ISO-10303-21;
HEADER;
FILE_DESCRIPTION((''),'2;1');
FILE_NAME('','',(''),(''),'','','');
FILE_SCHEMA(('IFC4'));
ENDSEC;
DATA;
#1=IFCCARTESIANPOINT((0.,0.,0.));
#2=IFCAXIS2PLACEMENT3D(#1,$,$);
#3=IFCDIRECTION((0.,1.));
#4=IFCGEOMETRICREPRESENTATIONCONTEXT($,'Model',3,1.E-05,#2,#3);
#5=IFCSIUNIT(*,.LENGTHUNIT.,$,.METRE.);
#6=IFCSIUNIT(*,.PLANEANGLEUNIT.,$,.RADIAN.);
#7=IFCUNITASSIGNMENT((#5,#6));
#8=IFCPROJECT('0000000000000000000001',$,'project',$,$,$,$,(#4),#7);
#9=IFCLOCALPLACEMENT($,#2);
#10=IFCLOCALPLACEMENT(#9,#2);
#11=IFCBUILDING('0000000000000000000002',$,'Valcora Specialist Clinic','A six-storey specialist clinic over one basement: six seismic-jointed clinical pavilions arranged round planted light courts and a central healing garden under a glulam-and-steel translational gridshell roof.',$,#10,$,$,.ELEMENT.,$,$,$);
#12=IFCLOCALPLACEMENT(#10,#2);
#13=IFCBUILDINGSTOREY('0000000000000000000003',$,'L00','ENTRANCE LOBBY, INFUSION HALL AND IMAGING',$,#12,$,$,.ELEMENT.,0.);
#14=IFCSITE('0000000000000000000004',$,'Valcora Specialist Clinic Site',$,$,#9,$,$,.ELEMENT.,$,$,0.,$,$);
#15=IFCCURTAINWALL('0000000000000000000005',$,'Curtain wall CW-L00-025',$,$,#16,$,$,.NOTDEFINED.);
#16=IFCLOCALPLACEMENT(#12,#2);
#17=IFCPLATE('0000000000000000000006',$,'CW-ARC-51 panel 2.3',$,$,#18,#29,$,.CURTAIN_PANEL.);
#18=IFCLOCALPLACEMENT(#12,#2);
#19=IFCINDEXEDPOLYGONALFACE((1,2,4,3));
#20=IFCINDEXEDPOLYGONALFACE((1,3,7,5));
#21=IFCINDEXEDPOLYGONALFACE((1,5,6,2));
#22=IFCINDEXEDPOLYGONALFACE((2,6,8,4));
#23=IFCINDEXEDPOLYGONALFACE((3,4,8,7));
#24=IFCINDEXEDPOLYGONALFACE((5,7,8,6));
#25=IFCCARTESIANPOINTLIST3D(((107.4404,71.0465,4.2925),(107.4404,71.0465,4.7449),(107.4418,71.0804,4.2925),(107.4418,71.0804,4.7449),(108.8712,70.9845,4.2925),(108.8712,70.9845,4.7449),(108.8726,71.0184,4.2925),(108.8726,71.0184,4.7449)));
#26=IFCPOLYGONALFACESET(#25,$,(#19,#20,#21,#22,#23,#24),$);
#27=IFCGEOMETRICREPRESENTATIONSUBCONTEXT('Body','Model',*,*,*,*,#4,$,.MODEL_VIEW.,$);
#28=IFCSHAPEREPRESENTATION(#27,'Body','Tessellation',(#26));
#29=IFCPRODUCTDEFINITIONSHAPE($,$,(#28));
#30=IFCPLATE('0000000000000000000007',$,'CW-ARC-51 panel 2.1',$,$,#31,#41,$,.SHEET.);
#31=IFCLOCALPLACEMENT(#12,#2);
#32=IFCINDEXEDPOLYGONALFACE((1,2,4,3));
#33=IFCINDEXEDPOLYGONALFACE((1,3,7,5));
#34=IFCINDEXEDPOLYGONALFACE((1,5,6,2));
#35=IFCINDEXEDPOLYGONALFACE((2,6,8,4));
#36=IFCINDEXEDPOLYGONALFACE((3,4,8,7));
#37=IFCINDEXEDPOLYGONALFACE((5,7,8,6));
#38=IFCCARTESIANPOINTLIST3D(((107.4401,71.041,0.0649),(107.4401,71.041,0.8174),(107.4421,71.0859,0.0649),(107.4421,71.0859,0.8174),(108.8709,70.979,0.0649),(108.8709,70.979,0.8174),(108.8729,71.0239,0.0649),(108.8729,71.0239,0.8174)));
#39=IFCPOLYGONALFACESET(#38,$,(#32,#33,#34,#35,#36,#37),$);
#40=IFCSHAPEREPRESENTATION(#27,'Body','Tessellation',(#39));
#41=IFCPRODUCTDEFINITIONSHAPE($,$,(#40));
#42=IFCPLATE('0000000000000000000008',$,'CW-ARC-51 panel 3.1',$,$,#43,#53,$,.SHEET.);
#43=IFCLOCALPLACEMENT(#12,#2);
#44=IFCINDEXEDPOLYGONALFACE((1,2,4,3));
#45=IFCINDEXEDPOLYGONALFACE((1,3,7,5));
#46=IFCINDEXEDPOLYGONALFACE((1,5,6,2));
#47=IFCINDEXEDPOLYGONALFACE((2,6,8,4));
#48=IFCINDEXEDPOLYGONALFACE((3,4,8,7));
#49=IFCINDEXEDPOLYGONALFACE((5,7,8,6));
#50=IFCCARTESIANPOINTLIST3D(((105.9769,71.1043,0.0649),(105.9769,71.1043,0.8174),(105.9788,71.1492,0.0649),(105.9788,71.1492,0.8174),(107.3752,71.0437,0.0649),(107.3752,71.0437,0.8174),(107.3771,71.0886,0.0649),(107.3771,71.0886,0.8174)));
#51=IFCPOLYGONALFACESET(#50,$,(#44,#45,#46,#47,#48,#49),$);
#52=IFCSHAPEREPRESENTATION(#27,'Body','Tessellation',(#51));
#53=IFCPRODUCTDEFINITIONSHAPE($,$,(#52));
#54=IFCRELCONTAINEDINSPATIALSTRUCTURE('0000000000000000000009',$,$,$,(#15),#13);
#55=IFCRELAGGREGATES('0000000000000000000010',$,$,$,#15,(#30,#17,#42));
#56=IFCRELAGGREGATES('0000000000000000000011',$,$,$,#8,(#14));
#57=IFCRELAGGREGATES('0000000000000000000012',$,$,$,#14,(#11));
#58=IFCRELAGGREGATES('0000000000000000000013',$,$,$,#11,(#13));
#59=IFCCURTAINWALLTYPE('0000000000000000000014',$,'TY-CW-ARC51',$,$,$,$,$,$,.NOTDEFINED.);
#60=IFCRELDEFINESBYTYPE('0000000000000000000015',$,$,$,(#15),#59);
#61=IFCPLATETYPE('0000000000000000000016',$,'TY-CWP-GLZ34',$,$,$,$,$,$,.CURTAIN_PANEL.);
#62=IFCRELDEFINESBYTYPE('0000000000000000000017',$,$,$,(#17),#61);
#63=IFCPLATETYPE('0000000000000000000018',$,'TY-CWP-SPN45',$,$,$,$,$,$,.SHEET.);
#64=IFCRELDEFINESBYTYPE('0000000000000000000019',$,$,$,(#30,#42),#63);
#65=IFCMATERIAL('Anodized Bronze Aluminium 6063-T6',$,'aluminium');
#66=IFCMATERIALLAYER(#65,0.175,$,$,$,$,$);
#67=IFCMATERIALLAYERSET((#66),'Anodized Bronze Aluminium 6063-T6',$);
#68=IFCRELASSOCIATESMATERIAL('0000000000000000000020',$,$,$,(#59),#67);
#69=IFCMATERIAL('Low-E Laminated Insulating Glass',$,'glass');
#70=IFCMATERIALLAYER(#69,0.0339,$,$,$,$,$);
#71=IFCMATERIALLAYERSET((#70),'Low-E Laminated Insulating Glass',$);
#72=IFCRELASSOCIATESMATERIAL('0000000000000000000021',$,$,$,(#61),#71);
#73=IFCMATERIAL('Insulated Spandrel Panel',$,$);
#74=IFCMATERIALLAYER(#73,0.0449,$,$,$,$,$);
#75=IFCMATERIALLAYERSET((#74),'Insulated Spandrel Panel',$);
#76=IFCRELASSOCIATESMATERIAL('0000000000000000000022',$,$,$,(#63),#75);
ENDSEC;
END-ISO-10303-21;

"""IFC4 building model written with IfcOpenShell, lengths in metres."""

from ifc_helpers import new_model, si_unit, direction, frame, origin, origin_2d, place, context, subcontext, project, spatial, rectangle, extrude, material, layer, layer_set, type_object, element, aggregate, save


model = new_model("IFC4")

# Units and contexts
model_context = context("Model", 3, precision=1e-05, world=origin(), true_north=direction((0.0, 1.0)))
body_context = subcontext(model_context, "Body", "Model", "MODEL_VIEW")
ifc_project = project(units=[si_unit("LENGTHUNIT", "METRE"), si_unit("PLANEANGLEUNIT", "RADIAN")], contexts=[model_context])

# Site, building, storey
site_placement = place(None, origin())
site = spatial("IfcSite", under=ifc_project, at=site_placement, Name="Valcora Specialist Clinic Site", CompositionType="ELEMENT", RefElevation=0.0)
building_placement = place(site_placement, origin())
building = spatial("IfcBuilding", under=site, at=building_placement, Name="Valcora Specialist Clinic", Description="A six-storey specialist clinic over one basement: six seismic-jointed clinical pavilions arranged round planted light courts and a central healing garden under a glulam-and-steel translational gridshell roof.", CompositionType="ELEMENT")
storey_placement = place(building_placement, origin())
storey = spatial("IfcBuildingStorey", under=building, at=storey_placement, Name="L00", Description="ENTRANCE LOBBY, INFUSION HALL AND IMAGING", CompositionType="ELEMENT", Elevation=0.0)

# Curtain wall
ifc_material_1 = material(Name="Anodized Bronze Aluminium 6063-T6", Category="aluminium")
ifc_layer_1 = layer(ifc_material_1, 0.175)
ifc_layer_set_1 = layer_set([ifc_layer_1], Name="Anodized Bronze Aluminium 6063-T6")
curtain_wall_type = type_object("IfcCurtainWallType", Name="TY-CW-ARC51", PredefinedType="NOTDEFINED", material=ifc_layer_set_1)
curtain_wall_placement = place(storey_placement, origin())
curtain_wall = element("IfcCurtainWall", 1, at=curtain_wall_placement, inside=storey, type_object=curtain_wall_type, Name="Curtain wall CW-L00-025", PredefinedType="NOTDEFINED")

# Plates
ifc_material_2 = material(Name="Low-E Laminated Insulating Glass", Category="glass")
ifc_layer_2 = layer(ifc_material_2, 0.0339)
ifc_layer_set_2 = layer_set([ifc_layer_2], Name="Low-E Laminated Insulating Glass")
plate_type_1 = type_object("IfcPlateType", Name="TY-CWP-GLZ34", PredefinedType="CURTAIN_PANEL", material=ifc_layer_set_2)
plate_1_placement = place(storey_placement, frame((108.1565, 71.0325, 4.2925), z_axis=(0.0, 0.0, 1.0), x_axis=(-0.999062, 0.043307, 0.0)))
plate_1 = element("IfcPlate", 2, at=plate_1_placement, type_object=plate_type_1, Name="CW-ARC-51 panel 2.3", PredefinedType="CURTAIN_PANEL", context=body_context, shape_type="SweptSolid", body=[
    extrude(rectangle(XDim=1.4321, YDim=0.0339, at=origin_2d()), origin(), (0.0, 0.0, 1.0), 0.4524),
])
ifc_material_3 = material(Name="Insulated Spandrel Panel")
ifc_layer_3 = layer(ifc_material_3, 0.0449)
ifc_layer_set_3 = layer_set([ifc_layer_3], Name="Insulated Spandrel Panel")
plate_type_2 = type_object("IfcPlateType", Name="TY-CWP-SPN45", PredefinedType="SHEET", material=ifc_layer_set_3)
plate_2_placement = place(storey_placement, frame((108.1565, 71.0325, 0.0649), z_axis=(0.0, 0.0, 1.0), x_axis=(-0.999062, 0.043307, 0.0)))
plate_2 = element("IfcPlate", 3, at=plate_2_placement, type_object=plate_type_2, Name="CW-ARC-51 panel 2.1", PredefinedType="SHEET", context=body_context, shape_type="SweptSolid", body=[
    extrude(rectangle(XDim=1.4321, YDim=0.0449, at=origin_2d()), origin(), (0.0, 0.0, 1.0), 0.7524),
])
plate_3_placement = place(storey_placement, frame((106.677, 71.0964, 0.0649), z_axis=(0.0, 0.0, 1.0), x_axis=(-0.999062, 0.043307, 0.0)))
plate_3 = element("IfcPlate", 4, at=plate_3_placement, type_object=plate_type_2, Name="CW-ARC-51 panel 3.1", PredefinedType="SHEET", context=body_context, shape_type="SweptSolid", body=[
    extrude(rectangle(XDim=1.3997, YDim=0.0449, at=origin_2d()), origin(), (0.0, 0.0, 1.0), 0.7524),
])
aggregate(curtain_wall, [plate_2, plate_1, plate_3])

save(model, "model.ifc")
